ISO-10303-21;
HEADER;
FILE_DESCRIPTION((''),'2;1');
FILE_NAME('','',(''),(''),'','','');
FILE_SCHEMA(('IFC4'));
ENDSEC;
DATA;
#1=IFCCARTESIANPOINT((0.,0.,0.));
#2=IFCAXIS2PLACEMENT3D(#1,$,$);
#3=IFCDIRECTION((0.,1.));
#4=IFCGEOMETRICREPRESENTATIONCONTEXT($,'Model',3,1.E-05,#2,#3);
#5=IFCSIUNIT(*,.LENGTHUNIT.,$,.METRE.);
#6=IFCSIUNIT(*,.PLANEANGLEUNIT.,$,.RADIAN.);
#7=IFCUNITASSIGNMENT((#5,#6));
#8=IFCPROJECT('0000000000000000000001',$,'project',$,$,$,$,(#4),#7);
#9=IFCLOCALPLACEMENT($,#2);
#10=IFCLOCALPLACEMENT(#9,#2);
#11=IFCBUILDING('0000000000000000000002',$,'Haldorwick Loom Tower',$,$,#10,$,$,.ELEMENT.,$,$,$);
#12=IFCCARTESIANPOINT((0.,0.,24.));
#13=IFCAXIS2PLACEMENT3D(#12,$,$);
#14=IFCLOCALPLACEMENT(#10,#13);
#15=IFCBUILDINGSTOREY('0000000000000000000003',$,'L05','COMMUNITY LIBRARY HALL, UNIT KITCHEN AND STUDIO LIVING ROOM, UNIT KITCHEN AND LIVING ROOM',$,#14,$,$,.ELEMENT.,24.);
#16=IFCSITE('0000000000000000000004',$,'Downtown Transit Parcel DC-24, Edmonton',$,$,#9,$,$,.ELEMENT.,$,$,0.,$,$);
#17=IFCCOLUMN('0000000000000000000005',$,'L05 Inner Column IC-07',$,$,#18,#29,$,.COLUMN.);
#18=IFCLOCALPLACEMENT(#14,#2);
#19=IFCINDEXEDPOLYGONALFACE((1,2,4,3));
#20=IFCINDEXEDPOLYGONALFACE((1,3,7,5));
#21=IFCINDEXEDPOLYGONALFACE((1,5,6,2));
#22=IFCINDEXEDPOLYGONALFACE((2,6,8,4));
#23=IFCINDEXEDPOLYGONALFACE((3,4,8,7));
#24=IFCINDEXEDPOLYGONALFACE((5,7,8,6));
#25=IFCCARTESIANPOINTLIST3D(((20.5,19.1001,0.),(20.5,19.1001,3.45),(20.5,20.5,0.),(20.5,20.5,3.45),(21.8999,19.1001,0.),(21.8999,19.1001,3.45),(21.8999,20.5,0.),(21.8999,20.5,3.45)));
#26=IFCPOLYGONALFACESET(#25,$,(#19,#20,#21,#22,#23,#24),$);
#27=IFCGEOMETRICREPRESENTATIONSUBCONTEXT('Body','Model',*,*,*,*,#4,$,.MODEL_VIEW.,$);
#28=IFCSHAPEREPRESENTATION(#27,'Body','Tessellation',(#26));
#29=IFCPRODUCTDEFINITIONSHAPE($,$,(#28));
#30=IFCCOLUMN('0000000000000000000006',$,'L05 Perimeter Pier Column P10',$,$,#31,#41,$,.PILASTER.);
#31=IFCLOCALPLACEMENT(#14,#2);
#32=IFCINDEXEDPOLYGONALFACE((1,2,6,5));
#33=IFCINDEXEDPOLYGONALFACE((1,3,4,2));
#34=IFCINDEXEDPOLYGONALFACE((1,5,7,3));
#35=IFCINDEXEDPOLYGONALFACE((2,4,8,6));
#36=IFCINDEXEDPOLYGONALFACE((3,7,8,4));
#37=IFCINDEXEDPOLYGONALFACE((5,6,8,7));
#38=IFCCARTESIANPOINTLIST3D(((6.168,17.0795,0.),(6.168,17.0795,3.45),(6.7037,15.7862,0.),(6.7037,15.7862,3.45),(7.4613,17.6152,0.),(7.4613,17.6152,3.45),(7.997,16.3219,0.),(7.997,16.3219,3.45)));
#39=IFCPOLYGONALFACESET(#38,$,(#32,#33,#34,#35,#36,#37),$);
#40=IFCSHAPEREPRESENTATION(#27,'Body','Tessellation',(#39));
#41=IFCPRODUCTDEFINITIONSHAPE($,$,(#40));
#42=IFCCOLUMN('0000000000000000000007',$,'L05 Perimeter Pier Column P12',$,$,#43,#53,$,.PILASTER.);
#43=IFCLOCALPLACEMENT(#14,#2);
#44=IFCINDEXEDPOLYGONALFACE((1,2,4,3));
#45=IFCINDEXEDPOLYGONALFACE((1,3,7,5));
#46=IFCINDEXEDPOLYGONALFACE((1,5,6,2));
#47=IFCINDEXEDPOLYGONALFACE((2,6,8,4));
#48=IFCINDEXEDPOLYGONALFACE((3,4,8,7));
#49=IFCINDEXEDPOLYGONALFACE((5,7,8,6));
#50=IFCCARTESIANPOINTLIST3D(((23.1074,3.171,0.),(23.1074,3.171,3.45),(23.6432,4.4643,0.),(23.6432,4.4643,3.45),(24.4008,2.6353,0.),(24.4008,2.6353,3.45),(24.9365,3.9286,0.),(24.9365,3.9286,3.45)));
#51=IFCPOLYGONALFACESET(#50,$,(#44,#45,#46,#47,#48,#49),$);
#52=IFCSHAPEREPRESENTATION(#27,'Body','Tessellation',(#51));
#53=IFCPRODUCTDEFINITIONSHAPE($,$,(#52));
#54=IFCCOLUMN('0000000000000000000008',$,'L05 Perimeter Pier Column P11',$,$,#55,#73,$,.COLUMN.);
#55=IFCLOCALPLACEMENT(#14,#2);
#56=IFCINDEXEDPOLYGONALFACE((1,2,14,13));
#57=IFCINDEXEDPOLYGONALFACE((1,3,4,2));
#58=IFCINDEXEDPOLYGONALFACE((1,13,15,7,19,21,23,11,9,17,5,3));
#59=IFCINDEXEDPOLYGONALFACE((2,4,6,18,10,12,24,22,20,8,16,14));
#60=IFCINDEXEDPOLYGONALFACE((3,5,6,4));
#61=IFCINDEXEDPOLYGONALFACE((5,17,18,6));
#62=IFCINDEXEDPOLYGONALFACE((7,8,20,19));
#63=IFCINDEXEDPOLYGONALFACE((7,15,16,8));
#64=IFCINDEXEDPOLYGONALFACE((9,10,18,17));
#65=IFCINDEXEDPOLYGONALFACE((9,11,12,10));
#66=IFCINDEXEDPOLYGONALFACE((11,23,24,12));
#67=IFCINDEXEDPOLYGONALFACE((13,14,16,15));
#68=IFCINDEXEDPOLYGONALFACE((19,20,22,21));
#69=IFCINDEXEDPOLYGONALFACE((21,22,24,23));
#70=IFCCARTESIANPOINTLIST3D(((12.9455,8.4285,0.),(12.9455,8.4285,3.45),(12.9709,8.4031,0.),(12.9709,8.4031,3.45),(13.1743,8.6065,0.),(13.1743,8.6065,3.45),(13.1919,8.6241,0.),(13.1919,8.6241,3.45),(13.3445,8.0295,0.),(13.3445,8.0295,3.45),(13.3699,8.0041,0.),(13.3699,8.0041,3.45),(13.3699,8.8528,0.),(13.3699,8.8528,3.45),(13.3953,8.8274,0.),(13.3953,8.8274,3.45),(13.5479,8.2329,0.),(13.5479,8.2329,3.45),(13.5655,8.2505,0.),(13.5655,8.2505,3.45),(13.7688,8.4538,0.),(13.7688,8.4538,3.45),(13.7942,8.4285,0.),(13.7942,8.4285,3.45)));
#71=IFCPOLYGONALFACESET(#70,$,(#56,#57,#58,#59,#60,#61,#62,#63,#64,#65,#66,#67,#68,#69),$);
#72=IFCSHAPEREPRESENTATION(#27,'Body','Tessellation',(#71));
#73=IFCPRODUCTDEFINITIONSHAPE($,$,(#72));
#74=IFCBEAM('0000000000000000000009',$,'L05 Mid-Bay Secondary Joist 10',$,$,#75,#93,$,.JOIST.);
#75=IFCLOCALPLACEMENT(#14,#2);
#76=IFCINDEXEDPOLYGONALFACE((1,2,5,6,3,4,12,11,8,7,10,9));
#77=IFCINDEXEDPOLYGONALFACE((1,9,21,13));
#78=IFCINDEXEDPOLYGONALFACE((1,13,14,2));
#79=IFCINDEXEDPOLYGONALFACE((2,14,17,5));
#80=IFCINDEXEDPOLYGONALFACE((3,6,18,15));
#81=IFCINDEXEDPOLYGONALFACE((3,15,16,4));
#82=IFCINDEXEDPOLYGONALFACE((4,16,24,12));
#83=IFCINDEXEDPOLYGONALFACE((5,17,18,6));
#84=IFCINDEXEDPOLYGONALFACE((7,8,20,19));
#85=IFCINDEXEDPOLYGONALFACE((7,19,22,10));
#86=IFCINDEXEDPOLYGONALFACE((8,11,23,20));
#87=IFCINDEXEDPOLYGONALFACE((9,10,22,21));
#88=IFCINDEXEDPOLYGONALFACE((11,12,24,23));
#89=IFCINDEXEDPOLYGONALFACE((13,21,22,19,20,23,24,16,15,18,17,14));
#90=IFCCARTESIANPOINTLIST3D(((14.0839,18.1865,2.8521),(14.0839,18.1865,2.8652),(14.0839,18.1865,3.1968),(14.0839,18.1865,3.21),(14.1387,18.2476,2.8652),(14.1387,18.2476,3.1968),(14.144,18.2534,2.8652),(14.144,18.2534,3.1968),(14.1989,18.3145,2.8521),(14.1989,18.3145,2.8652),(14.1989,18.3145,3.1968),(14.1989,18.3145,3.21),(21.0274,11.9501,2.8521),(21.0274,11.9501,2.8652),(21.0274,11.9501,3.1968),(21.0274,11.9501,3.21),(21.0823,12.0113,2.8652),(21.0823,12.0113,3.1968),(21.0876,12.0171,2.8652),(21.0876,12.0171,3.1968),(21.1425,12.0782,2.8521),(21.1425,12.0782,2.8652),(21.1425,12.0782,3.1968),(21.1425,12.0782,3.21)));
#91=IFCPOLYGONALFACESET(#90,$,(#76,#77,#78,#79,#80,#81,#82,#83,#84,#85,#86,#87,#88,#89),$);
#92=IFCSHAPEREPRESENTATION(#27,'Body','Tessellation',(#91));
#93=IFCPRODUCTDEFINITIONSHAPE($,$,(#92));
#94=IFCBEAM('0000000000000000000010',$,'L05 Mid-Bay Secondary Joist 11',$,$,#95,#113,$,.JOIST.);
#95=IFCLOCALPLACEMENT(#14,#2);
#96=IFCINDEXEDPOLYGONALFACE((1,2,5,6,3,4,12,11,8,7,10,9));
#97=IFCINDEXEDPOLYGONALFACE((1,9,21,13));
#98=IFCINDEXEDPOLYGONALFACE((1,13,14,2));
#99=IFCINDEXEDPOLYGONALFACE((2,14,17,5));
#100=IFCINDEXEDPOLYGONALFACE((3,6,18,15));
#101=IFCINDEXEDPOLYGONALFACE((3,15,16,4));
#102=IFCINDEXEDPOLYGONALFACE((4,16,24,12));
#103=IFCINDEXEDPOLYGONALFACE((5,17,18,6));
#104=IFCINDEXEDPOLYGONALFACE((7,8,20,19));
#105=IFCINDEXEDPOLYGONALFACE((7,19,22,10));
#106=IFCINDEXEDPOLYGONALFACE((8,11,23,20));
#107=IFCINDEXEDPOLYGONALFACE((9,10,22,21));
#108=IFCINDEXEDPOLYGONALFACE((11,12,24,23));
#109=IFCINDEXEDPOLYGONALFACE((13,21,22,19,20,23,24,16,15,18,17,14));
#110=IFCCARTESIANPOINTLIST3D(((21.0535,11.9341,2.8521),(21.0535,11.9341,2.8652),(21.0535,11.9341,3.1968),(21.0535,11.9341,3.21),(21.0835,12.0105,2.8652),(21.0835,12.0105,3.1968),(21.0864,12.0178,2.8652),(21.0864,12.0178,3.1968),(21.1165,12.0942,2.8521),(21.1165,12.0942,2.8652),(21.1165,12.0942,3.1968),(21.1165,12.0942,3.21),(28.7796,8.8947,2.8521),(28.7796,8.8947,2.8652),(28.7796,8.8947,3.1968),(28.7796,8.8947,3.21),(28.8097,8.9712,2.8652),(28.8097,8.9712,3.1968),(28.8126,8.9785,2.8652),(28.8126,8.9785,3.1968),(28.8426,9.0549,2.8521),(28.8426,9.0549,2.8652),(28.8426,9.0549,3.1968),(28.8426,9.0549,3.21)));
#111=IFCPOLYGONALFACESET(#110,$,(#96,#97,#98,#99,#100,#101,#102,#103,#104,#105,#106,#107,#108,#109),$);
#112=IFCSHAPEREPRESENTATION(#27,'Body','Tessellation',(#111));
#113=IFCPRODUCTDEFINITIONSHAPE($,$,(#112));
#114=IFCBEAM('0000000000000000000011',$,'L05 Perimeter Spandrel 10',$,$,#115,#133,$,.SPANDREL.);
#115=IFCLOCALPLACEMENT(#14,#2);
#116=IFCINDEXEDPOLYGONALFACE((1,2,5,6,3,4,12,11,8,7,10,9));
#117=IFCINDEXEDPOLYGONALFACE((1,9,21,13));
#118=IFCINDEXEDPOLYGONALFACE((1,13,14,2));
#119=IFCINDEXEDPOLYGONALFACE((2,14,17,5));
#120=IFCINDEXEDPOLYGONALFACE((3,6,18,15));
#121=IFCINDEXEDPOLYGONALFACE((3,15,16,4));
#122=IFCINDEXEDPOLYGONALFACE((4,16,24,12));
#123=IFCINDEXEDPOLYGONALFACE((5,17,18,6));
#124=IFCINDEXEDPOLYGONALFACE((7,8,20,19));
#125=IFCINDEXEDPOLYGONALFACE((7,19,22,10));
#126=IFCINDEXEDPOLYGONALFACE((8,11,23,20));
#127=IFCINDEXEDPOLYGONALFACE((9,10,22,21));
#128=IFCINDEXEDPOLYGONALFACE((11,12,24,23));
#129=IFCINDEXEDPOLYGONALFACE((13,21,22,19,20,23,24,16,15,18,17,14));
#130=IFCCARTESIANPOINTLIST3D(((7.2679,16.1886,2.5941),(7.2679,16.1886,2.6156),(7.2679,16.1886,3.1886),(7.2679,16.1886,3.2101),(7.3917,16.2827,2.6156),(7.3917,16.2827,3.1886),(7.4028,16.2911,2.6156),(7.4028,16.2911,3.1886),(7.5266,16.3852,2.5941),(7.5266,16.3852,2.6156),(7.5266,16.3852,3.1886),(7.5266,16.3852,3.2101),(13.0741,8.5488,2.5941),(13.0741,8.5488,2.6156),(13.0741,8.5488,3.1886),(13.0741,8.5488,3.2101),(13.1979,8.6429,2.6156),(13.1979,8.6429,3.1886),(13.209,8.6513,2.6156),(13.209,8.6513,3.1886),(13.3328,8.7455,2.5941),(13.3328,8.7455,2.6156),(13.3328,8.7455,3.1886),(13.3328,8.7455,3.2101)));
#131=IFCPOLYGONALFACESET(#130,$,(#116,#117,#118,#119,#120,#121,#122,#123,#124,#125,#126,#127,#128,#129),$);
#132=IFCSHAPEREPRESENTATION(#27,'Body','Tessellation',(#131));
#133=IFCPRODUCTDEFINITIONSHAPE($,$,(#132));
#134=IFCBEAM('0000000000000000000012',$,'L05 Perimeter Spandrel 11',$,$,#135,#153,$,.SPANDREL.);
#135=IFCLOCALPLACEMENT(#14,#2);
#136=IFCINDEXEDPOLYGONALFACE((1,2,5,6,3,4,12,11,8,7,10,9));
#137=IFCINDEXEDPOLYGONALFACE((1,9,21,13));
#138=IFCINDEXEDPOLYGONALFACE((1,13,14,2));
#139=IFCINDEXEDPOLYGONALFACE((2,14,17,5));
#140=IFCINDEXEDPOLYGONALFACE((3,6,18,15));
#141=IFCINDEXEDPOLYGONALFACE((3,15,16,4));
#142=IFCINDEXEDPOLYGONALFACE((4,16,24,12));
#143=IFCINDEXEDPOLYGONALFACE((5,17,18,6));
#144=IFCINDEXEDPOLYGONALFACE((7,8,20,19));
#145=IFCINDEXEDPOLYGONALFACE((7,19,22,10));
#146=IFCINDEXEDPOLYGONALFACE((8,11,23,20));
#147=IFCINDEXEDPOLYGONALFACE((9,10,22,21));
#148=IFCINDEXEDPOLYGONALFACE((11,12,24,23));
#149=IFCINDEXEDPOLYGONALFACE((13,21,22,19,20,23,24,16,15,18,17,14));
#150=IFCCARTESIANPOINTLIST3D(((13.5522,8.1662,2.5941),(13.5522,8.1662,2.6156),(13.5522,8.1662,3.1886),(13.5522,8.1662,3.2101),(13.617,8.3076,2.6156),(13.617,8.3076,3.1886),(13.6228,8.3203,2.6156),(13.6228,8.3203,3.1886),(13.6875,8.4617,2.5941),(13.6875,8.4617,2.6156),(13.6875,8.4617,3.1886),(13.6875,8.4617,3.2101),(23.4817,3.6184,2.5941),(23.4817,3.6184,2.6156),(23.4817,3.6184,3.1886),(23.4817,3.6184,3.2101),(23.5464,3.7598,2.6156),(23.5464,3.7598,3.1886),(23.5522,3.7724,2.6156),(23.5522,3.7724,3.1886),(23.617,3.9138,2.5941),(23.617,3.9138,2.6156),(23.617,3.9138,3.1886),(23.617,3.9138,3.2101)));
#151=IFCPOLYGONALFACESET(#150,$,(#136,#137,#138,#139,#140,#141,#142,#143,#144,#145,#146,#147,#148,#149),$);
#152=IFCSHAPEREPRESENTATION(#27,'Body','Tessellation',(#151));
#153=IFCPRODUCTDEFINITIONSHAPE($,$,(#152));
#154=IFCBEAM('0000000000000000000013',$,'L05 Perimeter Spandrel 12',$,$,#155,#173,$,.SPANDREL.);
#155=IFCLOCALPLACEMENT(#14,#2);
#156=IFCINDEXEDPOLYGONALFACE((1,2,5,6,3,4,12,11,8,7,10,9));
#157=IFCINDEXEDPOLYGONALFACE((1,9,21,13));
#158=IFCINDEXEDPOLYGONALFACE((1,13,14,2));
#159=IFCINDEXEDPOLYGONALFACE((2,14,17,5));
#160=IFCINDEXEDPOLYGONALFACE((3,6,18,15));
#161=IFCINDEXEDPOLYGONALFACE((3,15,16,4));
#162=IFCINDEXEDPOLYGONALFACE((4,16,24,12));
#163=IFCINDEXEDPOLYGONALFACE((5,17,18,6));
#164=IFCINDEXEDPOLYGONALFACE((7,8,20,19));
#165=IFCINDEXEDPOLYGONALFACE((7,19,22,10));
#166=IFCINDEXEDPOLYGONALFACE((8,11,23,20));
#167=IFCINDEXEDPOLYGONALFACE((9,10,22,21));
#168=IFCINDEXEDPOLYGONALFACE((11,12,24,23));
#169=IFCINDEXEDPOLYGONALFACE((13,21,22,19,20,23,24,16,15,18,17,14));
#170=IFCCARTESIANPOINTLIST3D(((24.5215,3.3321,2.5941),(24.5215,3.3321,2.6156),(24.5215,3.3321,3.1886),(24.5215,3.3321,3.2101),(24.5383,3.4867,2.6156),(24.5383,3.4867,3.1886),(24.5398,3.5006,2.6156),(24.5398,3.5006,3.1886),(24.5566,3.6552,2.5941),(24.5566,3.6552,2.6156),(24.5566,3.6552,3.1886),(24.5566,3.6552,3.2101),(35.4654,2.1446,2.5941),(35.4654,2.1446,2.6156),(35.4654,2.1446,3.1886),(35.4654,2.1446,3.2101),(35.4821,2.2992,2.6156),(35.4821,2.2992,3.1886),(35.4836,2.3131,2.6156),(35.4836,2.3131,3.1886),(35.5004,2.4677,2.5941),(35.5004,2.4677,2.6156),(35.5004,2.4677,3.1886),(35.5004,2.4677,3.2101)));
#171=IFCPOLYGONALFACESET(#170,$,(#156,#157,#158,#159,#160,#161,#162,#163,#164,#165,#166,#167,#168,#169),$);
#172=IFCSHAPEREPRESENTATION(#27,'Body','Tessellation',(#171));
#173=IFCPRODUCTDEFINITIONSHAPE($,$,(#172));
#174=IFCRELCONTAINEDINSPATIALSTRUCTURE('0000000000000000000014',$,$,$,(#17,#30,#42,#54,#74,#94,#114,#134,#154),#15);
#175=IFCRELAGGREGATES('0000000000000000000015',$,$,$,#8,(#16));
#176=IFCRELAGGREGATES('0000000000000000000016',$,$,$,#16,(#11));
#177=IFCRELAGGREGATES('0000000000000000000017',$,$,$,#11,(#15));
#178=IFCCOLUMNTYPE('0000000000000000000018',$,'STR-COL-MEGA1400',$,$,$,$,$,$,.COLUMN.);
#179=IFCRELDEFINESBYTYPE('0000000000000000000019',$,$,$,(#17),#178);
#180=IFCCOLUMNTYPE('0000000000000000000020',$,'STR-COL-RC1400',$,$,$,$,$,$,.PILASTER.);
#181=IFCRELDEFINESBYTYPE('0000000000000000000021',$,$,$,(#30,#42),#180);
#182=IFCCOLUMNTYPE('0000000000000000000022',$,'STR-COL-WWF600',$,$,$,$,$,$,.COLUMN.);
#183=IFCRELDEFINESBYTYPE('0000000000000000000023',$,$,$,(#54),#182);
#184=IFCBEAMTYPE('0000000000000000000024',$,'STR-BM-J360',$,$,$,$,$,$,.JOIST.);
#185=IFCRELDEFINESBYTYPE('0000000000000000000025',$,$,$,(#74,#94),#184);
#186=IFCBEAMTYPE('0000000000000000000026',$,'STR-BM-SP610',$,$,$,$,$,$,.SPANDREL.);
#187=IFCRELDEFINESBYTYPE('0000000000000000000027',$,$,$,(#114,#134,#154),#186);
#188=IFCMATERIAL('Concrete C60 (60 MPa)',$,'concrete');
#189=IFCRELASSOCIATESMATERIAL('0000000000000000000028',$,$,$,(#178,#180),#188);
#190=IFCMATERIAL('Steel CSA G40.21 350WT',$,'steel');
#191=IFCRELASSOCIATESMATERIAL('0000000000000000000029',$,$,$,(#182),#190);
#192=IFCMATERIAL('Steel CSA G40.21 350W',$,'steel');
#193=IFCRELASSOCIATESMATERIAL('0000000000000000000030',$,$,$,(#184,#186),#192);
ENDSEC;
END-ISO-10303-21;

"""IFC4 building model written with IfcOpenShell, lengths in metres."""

from ifc_helpers import new_model, si_unit, direction, frame, origin, origin_2d, place, context, subcontext, project, spatial, rectangle, i_section, extrude, material, material_profile, profile_set, type_object, element, save


model = new_model("IFC4")

# Units and contexts
model_context = context("Model", 3, precision=1e-05, world=origin(), true_north=direction((0.0, 1.0)))
body_context = subcontext(model_context, "Body", "Model", "MODEL_VIEW")
ifc_project = project(units=[si_unit("LENGTHUNIT", "METRE"), si_unit("PLANEANGLEUNIT", "RADIAN")], contexts=[model_context])

# Site, building, storey
site_placement = place(None, origin())
site = spatial("IfcSite", under=ifc_project, at=site_placement, Name="Downtown Transit Parcel DC-24, Edmonton", CompositionType="ELEMENT", RefElevation=0.0)
building_placement = place(site_placement, origin())
building = spatial("IfcBuilding", under=site, at=building_placement, Name="Haldorwick Loom Tower", CompositionType="ELEMENT")
storey_placement = place(building_placement, frame((0.0, 0.0, 24.0)))
storey = spatial("IfcBuildingStorey", under=building, at=storey_placement, Name="L05", Description="COMMUNITY LIBRARY HALL, UNIT KITCHEN AND STUDIO LIVING ROOM, UNIT KITCHEN AND LIVING ROOM", CompositionType="ELEMENT", Elevation=24.0)

# Columns
ifc_material_1 = material(Name="Concrete C60 (60 MPa)", Category="concrete")
ifc_material_profile_1 = material_profile(ifc_material_1, rectangle(XDim=1.3999, YDim=1.3999, at=origin_2d()), Name="RC1400X1400", Category="concrete")
ifc_profile_set_1 = profile_set([ifc_material_profile_1], Name="Concrete C60 (60 MPa)")
column_type_1 = type_object("IfcColumnType", Name="STR-COL-MEGA1400", PredefinedType="COLUMN", material=ifc_profile_set_1)
column_1_placement = place(storey_placement, frame((21.2, 19.8, 0.0), z_axis=(0.0, 0.0, 1.0), x_axis=(1.0, 0.0, 0.0)))
element("IfcColumn", 1, at=column_1_placement, inside=storey, type_object=column_type_1, Name="L05 Inner Column IC-07", PredefinedType="COLUMN", context=body_context, shape_type="SweptSolid", body=[
    extrude(rectangle(XDim=1.3999, YDim=1.3999, at=origin_2d()), origin(), (0.0, 0.0, 1.0), 3.45),
])
ifc_material_profile_2 = material_profile(ifc_material_1, rectangle(XDim=1.3999, YDim=1.3999, at=origin_2d()), Name="RC1400X1400", Category="concrete")
ifc_profile_set_2 = profile_set([ifc_material_profile_2], Name="Concrete C60 (60 MPa)")
column_type_2 = type_object("IfcColumnType", Name="STR-COL-RC1400", PredefinedType="PILASTER", material=ifc_profile_set_2)
for number, where, z_axis, x_axis, name in (
    (2, (7.0825, 16.7007, 0.0), (0.0, 0.0, 1.0), (-0.92388, -0.382683, 0.0), "L05 Perimeter Pier Column P10"),
    (3, (24.022, 3.5498, 0.0), (0.0, 0.0, 1.0), (-0.382683, -0.92388, 0.0), "L05 Perimeter Pier Column P12"),
):
    element("IfcColumn", number, at=place(storey_placement, frame(where, z_axis=z_axis, x_axis=x_axis)), inside=storey, type_object=column_type_2, Name=name, PredefinedType="PILASTER", context=body_context, shape_type="SweptSolid", body=[
        extrude(rectangle(XDim=1.3999, YDim=1.3999, at=origin_2d()), origin(), (0.0, 0.0, 1.0), 3.45),
    ])
ifc_material_2 = material(Name="Steel CSA G40.21 350WT", Category="steel")
ifc_material_profile_3 = material_profile(ifc_material_2, i_section(OverallWidth=0.6001, OverallDepth=0.6001, WebThickness=0.0249, FlangeThickness=0.0359, at=origin_2d()), Name="WWF600X600", Category="steel")
ifc_profile_set_3 = profile_set([ifc_material_profile_3], Name="Steel CSA G40.21 350WT")
column_type_3 = type_object("IfcColumnType", Name="STR-COL-WWF600", PredefinedType="COLUMN", material=ifc_profile_set_3)
column_2_placement = place(storey_placement, frame((13.3699, 8.4285, 0.0), z_axis=(0.0, 0.0, 1.0), x_axis=(-0.707107, -0.707107, 0.0)))
element("IfcColumn", 4, at=column_2_placement, inside=storey, type_object=column_type_3, Name="L05 Perimeter Pier Column P11", PredefinedType="COLUMN", context=body_context, shape_type="SweptSolid", body=[
    extrude(i_section(OverallWidth=0.6001, OverallDepth=0.6001, WebThickness=0.0249, FlangeThickness=0.0359, at=origin_2d()), origin(), (0.0, 0.0, 1.0), 3.45),
])

# Beams
ifc_material_3 = material(Name="Steel CSA G40.21 350W", Category="steel")
ifc_material_profile_4 = material_profile(ifc_material_3, i_section(OverallWidth=0.1721, OverallDepth=0.3579, WebThickness=0.0078, FlangeThickness=0.0132, at=origin_2d()), Name="W360X57", Category="steel")
ifc_profile_set_4 = profile_set([ifc_material_profile_4], Name="Steel CSA G40.21 350W")
beam_type_1 = type_object("IfcBeamType", Name="STR-BM-J360", PredefinedType="JOIST", material=ifc_profile_set_4)
beam_1_placement = place(storey_placement, frame((14.1414, 18.2505, 3.031), z_axis=(0.743982, -0.6682, 0.0), x_axis=(0.6682, 0.743982, 0.0)))
element("IfcBeam", 5, at=beam_1_placement, inside=storey, type_object=beam_type_1, Name="L05 Mid-Bay Secondary Joist 10", PredefinedType="JOIST", context=body_context, shape_type="SweptSolid", body=[
    extrude(i_section(OverallWidth=0.1721, OverallDepth=0.3579, WebThickness=0.0078, FlangeThickness=0.0132, at=origin_2d()), origin(), (0.0, 0.0, 1.0), 9.333),
])
beam_2_placement = place(storey_placement, frame((21.085, 12.0142, 3.031), z_axis=(0.930585, -0.366076, 0.0), x_axis=(0.366076, 0.930585, 0.0)))
element("IfcBeam", 6, at=beam_2_placement, inside=storey, type_object=beam_type_1, Name="L05 Mid-Bay Secondary Joist 11", PredefinedType="JOIST", context=body_context, shape_type="SweptSolid", body=[
    extrude(i_section(OverallWidth=0.1721, OverallDepth=0.3579, WebThickness=0.0078, FlangeThickness=0.0132, at=origin_2d()), origin(), (0.0, 0.0, 1.0), 8.3025),
])
ifc_material_profile_5 = material_profile(ifc_material_3, i_section(OverallWidth=0.325, OverallDepth=0.616, WebThickness=0.0139, FlangeThickness=0.0215, at=origin_2d()), Name="W610X174", Category="steel")
ifc_profile_set_5 = profile_set([ifc_material_profile_5], Name="Steel CSA G40.21 350W")
beam_type_2 = type_object("IfcBeamType", Name="STR-BM-SP610", PredefinedType="SPANDREL", material=ifc_profile_set_5)
beam_3_placement = place(storey_placement, frame((7.3972, 16.2869, 2.9021), z_axis=(0.605085, -0.796161, 0.0), x_axis=(0.796161, 0.605085, 0.0)))
element("IfcBeam", 7, at=beam_3_placement, inside=storey, type_object=beam_type_2, Name="L05 Perimeter Spandrel 10", PredefinedType="SPANDREL", context=body_context, shape_type="SweptSolid", body=[
    extrude(i_section(OverallWidth=0.325, OverallDepth=0.616, WebThickness=0.0139, FlangeThickness=0.0215, at=origin_2d()), origin(), (0.0, 0.0, 1.0), 9.5957),
])
beam_4_placement = place(storey_placement, frame((13.6199, 8.314, 2.9021), z_axis=(0.909174, -0.416417, 0.0), x_axis=(0.416417, 0.909174, 0.0)))
element("IfcBeam", 8, at=beam_4_placement, inside=storey, type_object=beam_type_2, Name="L05 Perimeter Spandrel 11", PredefinedType="SPANDREL", context=body_context, shape_type="SweptSolid", body=[
    extrude(i_section(OverallWidth=0.325, OverallDepth=0.616, WebThickness=0.0139, FlangeThickness=0.0215, at=origin_2d()), origin(), (0.0, 0.0, 1.0), 10.9214),
])
beam_5_placement = place(storey_placement, frame((24.5391, 3.4937, 2.9021), z_axis=(0.994164, -0.107875, 0.0), x_axis=(0.107875, 0.994164, 0.0)))
element("IfcBeam", 9, at=beam_5_placement, inside=storey, type_object=beam_type_2, Name="L05 Perimeter Spandrel 12", PredefinedType="SPANDREL", context=body_context, shape_type="SweptSolid", body=[
    extrude(i_section(OverallWidth=0.325, OverallDepth=0.616, WebThickness=0.0139, FlangeThickness=0.0215, at=origin_2d()), origin(), (0.0, 0.0, 1.0), 11.0081),
])

save(model, "model.ifc")
